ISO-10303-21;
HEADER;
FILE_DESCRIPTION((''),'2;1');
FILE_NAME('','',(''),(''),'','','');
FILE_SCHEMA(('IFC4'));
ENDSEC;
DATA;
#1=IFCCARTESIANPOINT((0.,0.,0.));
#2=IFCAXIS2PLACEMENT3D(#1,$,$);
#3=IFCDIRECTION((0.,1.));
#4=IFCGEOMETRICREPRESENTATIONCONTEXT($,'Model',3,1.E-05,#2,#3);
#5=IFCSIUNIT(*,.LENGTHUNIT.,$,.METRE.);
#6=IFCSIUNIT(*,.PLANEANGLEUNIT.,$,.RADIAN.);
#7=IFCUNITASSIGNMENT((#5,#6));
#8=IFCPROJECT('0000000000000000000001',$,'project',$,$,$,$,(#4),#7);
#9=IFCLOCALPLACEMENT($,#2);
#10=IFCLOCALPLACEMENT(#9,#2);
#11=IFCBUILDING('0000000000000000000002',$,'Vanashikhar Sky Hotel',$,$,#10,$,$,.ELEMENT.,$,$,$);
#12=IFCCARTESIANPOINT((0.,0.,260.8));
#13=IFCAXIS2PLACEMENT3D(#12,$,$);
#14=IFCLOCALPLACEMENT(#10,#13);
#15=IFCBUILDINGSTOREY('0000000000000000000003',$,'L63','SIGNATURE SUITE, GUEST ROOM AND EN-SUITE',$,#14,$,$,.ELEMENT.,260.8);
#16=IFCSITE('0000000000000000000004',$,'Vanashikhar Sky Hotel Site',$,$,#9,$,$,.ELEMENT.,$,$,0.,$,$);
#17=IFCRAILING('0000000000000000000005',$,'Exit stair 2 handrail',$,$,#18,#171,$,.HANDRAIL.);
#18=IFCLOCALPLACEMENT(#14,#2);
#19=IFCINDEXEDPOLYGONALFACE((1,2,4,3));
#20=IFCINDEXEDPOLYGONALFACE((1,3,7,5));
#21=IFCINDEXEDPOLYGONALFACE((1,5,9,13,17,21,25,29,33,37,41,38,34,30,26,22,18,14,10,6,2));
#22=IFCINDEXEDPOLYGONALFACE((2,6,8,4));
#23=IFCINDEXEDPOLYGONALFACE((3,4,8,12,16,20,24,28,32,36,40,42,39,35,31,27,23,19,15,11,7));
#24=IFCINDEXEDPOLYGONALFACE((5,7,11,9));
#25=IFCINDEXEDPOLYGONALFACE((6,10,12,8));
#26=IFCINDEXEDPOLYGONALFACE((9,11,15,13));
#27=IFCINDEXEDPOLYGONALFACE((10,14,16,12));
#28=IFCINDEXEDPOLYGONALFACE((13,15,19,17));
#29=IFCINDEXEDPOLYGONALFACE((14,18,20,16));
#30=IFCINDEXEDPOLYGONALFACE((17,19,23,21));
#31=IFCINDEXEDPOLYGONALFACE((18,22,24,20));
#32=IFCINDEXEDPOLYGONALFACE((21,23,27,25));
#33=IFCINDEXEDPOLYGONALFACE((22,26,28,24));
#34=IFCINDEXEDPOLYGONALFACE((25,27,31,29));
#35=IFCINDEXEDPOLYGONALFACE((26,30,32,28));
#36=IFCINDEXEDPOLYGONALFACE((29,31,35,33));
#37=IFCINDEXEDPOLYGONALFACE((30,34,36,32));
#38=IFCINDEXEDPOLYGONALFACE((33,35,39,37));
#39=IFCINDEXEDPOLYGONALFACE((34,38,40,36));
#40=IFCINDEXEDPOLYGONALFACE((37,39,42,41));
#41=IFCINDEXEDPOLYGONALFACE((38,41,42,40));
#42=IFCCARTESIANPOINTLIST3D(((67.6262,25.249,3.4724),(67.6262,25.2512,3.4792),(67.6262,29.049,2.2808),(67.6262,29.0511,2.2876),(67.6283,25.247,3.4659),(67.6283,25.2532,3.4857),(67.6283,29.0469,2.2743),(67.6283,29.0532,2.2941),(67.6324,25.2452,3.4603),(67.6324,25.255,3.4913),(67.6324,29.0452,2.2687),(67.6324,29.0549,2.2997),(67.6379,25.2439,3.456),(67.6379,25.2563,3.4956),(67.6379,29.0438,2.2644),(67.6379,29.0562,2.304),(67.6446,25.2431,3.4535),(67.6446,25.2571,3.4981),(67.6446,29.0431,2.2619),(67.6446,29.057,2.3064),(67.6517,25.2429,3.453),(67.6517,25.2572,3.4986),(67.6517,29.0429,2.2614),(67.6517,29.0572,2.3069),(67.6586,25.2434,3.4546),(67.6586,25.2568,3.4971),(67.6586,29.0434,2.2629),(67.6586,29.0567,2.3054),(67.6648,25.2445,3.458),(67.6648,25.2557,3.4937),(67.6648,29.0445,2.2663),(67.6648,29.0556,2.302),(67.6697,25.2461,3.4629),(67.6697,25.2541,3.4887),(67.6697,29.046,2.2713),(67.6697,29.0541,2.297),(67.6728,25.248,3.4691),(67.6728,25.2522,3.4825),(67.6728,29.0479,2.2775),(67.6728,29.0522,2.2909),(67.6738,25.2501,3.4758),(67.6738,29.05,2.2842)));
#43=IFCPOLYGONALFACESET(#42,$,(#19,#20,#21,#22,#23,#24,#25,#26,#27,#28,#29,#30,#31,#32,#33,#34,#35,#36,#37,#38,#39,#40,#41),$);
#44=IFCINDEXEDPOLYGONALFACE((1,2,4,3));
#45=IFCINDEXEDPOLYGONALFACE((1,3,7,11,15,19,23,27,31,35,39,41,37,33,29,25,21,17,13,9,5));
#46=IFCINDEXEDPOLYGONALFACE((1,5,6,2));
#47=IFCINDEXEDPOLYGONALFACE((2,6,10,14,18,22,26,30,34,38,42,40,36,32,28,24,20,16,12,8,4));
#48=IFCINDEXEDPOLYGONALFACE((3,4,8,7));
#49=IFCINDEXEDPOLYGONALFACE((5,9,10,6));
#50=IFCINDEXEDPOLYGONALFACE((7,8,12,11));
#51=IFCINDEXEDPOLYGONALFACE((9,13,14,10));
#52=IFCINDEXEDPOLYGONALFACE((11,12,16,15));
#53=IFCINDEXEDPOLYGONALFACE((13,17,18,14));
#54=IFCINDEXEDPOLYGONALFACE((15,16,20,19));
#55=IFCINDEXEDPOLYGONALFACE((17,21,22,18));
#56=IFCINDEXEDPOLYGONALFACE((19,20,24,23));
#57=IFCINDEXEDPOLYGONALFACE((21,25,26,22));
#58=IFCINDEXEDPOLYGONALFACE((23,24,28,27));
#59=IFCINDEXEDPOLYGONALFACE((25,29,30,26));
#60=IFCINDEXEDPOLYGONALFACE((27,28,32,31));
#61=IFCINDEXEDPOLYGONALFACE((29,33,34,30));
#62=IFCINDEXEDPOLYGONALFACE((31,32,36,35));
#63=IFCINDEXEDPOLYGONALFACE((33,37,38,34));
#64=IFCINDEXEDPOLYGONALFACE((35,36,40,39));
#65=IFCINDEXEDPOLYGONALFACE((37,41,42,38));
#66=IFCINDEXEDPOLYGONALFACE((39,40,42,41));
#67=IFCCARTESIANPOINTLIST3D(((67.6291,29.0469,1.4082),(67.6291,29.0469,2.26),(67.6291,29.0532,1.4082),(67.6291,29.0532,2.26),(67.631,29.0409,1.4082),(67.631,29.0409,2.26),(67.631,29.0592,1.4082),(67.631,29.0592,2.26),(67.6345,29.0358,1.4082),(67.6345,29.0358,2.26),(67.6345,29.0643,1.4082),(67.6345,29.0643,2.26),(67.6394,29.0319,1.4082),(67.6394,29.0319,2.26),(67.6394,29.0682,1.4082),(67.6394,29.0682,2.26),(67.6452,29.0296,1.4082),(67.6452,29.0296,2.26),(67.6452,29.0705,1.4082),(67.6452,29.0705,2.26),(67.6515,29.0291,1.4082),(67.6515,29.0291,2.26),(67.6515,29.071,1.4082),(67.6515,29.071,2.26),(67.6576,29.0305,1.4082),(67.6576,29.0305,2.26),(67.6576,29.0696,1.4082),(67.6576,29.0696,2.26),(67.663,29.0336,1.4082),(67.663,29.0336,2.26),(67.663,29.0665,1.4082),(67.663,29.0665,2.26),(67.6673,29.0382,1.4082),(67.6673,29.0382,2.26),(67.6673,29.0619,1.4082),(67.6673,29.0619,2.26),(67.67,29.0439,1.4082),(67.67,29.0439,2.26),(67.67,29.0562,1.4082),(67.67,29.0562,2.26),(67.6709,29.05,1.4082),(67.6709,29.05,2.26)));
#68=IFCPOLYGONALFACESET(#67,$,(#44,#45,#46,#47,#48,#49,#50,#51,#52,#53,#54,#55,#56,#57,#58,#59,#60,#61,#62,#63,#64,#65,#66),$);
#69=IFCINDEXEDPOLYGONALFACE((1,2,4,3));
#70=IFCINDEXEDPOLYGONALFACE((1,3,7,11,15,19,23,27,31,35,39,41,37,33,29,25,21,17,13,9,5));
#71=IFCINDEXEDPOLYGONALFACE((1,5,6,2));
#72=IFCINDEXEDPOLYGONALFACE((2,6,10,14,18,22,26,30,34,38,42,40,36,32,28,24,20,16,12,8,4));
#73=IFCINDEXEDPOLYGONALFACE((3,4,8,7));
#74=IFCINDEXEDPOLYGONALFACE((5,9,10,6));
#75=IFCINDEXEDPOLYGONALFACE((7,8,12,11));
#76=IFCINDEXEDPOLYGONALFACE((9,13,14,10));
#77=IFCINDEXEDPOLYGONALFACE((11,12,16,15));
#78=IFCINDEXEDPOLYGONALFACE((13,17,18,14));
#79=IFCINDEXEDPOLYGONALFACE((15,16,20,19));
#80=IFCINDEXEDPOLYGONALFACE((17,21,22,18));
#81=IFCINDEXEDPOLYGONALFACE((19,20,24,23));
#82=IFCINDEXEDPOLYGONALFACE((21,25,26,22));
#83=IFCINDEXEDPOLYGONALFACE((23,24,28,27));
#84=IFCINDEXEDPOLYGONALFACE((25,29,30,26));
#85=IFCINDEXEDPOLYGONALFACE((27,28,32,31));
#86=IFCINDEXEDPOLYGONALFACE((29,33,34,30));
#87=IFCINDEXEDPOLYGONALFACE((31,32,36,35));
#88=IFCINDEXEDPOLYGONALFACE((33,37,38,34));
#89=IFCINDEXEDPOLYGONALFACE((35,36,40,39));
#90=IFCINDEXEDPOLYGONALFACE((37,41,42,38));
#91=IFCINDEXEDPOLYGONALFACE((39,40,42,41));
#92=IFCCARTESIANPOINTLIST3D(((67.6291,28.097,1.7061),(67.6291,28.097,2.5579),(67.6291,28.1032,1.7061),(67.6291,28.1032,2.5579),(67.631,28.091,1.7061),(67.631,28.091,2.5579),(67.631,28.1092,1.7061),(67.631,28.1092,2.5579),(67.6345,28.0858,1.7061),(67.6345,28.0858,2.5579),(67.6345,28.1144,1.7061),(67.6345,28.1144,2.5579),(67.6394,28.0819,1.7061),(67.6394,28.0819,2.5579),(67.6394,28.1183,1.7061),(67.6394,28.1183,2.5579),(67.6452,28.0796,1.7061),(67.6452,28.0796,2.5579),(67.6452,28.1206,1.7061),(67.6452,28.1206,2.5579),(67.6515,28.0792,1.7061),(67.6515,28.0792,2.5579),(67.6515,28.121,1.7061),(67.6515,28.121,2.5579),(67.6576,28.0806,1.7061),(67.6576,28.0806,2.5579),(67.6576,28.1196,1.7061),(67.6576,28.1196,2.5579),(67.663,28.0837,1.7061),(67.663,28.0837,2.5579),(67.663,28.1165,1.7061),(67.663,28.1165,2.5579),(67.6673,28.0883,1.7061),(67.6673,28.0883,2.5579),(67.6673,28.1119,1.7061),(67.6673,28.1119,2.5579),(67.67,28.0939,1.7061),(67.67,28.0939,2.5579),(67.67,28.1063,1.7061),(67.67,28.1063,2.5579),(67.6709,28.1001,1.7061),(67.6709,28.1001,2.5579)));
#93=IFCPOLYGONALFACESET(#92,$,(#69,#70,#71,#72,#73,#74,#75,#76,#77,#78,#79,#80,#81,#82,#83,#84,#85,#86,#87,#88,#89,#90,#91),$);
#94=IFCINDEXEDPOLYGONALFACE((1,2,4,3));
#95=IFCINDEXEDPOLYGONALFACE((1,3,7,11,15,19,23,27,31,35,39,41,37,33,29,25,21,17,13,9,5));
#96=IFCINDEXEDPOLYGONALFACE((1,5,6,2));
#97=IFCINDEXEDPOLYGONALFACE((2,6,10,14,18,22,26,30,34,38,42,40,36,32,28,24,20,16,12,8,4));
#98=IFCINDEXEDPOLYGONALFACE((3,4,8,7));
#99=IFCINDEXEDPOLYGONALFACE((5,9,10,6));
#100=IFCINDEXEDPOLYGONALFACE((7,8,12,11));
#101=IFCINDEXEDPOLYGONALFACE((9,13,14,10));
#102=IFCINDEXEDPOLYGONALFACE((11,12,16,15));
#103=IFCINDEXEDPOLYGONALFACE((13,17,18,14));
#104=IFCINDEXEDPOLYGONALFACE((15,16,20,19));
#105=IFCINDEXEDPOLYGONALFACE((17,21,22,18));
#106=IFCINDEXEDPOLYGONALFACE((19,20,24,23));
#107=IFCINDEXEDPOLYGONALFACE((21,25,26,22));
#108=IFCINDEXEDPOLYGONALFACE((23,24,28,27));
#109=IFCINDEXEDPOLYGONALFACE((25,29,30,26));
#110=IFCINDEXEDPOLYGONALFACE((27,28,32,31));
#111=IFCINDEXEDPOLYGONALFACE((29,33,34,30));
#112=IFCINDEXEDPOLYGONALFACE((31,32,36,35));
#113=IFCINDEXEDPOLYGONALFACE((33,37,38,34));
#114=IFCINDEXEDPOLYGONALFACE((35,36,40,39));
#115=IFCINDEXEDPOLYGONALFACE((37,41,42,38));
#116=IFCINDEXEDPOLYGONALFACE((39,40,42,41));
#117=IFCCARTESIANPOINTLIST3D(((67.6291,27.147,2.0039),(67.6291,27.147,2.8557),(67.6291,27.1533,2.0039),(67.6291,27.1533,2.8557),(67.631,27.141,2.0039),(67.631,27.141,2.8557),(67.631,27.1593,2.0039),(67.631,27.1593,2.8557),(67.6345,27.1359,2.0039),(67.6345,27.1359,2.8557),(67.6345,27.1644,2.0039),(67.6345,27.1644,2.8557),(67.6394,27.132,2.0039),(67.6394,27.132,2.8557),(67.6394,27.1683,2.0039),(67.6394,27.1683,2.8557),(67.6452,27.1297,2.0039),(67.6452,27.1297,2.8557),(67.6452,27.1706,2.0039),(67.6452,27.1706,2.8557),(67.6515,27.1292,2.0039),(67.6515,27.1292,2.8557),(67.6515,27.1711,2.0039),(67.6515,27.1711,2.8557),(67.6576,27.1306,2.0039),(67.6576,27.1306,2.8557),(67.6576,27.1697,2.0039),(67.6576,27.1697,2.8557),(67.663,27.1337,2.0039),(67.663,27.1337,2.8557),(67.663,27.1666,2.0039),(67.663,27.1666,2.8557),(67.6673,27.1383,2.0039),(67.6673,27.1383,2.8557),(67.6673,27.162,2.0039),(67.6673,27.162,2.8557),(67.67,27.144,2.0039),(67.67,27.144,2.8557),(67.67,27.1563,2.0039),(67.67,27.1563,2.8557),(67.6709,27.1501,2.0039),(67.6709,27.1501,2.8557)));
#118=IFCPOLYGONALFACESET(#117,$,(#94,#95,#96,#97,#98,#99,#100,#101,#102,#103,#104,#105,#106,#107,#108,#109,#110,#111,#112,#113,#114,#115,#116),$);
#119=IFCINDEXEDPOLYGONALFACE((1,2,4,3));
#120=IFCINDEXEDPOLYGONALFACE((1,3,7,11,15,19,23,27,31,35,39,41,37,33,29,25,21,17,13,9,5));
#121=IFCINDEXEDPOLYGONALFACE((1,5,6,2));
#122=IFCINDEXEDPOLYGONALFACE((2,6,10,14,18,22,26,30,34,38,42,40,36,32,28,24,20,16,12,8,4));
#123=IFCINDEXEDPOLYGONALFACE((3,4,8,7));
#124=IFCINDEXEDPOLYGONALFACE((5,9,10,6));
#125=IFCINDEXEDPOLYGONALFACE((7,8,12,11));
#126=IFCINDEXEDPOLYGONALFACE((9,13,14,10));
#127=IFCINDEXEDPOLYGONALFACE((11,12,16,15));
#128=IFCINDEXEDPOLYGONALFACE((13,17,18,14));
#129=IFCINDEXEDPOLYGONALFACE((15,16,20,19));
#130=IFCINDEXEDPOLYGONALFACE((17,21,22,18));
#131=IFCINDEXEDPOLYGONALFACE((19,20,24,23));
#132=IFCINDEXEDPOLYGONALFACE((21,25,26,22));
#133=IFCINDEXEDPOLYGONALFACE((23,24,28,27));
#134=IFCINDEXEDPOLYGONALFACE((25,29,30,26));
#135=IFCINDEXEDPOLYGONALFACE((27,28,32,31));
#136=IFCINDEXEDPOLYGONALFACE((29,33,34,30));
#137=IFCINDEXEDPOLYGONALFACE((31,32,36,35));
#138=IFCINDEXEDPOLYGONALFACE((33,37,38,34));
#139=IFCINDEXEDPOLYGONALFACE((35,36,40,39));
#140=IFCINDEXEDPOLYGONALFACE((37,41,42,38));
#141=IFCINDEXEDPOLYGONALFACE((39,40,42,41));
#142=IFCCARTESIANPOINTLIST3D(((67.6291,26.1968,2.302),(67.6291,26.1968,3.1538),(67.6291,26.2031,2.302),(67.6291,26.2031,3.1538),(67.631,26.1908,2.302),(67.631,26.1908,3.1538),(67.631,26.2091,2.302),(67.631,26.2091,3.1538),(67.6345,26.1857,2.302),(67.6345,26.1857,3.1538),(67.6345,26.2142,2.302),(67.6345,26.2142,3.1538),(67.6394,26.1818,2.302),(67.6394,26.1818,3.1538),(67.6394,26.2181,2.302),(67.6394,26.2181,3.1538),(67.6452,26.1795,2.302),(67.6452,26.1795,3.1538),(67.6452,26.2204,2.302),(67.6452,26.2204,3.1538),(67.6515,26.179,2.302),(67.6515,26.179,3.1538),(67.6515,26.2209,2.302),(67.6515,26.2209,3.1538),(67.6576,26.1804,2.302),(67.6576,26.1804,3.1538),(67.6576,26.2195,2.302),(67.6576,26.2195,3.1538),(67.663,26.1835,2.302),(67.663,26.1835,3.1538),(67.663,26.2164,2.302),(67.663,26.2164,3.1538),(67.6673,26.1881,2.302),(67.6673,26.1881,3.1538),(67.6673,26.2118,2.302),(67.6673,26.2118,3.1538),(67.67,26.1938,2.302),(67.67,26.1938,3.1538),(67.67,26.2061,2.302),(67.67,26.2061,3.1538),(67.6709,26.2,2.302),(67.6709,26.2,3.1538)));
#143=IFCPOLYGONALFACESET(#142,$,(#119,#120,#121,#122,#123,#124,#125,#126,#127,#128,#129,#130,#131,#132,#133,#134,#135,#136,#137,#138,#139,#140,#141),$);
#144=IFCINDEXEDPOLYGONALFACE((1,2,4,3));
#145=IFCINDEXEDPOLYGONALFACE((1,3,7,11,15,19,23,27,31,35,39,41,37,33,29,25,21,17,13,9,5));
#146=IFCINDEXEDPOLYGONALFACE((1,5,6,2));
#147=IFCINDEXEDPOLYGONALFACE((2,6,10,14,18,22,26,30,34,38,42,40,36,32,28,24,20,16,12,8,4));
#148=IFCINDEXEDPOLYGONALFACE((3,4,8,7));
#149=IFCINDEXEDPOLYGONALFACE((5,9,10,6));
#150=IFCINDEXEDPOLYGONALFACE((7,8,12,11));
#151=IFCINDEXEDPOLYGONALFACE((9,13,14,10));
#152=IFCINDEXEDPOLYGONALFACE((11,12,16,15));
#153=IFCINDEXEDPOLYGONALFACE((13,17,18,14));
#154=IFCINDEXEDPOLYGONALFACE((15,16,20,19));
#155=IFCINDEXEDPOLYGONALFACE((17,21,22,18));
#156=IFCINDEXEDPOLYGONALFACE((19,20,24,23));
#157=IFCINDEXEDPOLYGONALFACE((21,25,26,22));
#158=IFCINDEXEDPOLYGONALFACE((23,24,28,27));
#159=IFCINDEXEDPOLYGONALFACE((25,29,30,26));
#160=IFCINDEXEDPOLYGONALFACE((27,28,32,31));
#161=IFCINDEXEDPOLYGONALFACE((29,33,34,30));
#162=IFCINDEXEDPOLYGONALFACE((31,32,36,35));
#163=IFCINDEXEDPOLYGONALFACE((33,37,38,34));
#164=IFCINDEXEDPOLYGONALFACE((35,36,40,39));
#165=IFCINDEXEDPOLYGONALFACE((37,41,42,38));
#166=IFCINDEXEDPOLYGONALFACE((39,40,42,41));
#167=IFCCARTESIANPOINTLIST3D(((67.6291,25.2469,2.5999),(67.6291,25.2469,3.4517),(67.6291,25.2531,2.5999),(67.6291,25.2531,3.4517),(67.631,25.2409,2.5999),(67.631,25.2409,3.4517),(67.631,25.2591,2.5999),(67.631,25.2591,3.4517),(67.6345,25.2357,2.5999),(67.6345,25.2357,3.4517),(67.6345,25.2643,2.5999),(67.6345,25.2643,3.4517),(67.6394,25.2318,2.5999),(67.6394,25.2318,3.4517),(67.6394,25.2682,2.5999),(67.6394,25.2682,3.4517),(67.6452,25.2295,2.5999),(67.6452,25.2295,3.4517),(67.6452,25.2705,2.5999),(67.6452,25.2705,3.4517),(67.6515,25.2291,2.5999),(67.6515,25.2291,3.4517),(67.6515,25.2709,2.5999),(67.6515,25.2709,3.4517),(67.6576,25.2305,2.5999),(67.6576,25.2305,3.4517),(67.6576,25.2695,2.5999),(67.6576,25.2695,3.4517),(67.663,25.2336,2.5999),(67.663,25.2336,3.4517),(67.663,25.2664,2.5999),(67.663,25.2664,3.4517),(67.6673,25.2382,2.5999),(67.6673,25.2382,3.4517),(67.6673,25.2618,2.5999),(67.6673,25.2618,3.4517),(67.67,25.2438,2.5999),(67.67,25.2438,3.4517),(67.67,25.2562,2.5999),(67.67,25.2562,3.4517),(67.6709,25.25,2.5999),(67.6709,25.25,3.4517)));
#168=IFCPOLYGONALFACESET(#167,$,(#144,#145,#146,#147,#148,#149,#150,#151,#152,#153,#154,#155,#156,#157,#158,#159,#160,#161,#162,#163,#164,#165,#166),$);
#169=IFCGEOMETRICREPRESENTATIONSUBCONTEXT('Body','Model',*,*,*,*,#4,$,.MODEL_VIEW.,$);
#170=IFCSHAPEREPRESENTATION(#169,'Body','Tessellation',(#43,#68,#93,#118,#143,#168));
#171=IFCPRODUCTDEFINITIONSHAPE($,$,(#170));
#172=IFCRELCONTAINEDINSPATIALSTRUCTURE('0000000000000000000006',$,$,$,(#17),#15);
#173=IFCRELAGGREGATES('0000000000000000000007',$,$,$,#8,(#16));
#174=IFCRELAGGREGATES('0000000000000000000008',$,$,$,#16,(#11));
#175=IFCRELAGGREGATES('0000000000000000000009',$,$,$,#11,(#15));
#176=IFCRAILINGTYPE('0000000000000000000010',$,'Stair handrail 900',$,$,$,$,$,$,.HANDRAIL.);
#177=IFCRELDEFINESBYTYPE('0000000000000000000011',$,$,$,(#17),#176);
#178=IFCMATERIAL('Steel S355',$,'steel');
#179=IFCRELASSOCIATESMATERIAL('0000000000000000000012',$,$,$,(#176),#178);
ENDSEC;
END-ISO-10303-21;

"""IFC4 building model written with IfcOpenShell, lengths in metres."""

from ifc_helpers import new_model, si_unit, direction, frame, origin, origin_2d, place, context, subcontext, project, spatial, circle, extrude, source, transform, mapped, material, type_object, element, save


model = new_model("IFC4")

# Units and contexts
model_context = context("Model", 3, precision=1e-05, world=origin(), true_north=direction((0.0, 1.0)))
body_context = subcontext(model_context, "Body", "Model", "MODEL_VIEW")
ifc_project = project(units=[si_unit("LENGTHUNIT", "METRE"), si_unit("PLANEANGLEUNIT", "RADIAN")], contexts=[model_context])

# Site, building, storey
site_placement = place(None, origin())
site = spatial("IfcSite", under=ifc_project, at=site_placement, Name="Vanashikhar Sky Hotel Site", CompositionType="ELEMENT", RefElevation=0.0)
building_placement = place(site_placement, origin())
building = spatial("IfcBuilding", under=site, at=building_placement, Name="Vanashikhar Sky Hotel", CompositionType="ELEMENT")
storey_placement = place(building_placement, frame((0.0, 0.0, 260.8)))
storey = spatial("IfcBuildingStorey", under=building, at=storey_placement, Name="L63", Description="SIGNATURE SUITE, GUEST ROOM AND EN-SUITE", CompositionType="ELEMENT", Elevation=260.8)

# Railing
ifc_material_1 = material(Name="Steel S355", Category="steel")
railing_type_1 = type_object("IfcRailingType", Name="Stair handrail 900", PredefinedType="HANDRAIL", material=ifc_material_1)
shared_shape_1 = source(origin(), body_context, "Body", "SweptSolid", [
    extrude(circle(Radius=0.0239, at=origin_2d()), frame((0.0, 0.0, 0.876), z_axis=(0.0, -0.954184, 0.299221), x_axis=(1.0, 0.0, 0.0)), (0.0, 0.0, 1.0), 3.9824),
    extrude(circle(Radius=0.021, at=origin_2d()), origin(), (0.0, 0.0, 1.0), 0.8518),
    extrude(circle(Radius=0.021, at=origin_2d()), frame((0.0, -0.95, 0.2979)), (0.0, 0.0, 1.0), 0.8518),
    extrude(circle(Radius=0.021, at=origin_2d()), frame((0.0, -1.8999, 0.5957)), (0.0, 0.0, 1.0), 0.8518),
    extrude(circle(Radius=0.021, at=origin_2d()), frame((0.0, -2.8501, 0.8938)), (0.0, 0.0, 1.0), 0.8518),
    extrude(circle(Radius=0.021, at=origin_2d()), frame((0.0, -3.8, 1.1917)), (0.0, 0.0, 1.0), 0.8518),
])
for number, where, name in (
    (1, (67.6499, 29.05, 1.4082), "Exit stair 2 handrail"),
):
    element("IfcRailing", number, at=place(storey_placement, frame(where)), inside=storey, type_object=railing_type_1, Name=name, PredefinedType="HANDRAIL", context=body_context, shape_type="MappedRepresentation", body=[
        mapped(shared_shape_1, transform((0.0, 0.0, 0.0), scale=1.0)),
    ])

save(model, "model.ifc")
